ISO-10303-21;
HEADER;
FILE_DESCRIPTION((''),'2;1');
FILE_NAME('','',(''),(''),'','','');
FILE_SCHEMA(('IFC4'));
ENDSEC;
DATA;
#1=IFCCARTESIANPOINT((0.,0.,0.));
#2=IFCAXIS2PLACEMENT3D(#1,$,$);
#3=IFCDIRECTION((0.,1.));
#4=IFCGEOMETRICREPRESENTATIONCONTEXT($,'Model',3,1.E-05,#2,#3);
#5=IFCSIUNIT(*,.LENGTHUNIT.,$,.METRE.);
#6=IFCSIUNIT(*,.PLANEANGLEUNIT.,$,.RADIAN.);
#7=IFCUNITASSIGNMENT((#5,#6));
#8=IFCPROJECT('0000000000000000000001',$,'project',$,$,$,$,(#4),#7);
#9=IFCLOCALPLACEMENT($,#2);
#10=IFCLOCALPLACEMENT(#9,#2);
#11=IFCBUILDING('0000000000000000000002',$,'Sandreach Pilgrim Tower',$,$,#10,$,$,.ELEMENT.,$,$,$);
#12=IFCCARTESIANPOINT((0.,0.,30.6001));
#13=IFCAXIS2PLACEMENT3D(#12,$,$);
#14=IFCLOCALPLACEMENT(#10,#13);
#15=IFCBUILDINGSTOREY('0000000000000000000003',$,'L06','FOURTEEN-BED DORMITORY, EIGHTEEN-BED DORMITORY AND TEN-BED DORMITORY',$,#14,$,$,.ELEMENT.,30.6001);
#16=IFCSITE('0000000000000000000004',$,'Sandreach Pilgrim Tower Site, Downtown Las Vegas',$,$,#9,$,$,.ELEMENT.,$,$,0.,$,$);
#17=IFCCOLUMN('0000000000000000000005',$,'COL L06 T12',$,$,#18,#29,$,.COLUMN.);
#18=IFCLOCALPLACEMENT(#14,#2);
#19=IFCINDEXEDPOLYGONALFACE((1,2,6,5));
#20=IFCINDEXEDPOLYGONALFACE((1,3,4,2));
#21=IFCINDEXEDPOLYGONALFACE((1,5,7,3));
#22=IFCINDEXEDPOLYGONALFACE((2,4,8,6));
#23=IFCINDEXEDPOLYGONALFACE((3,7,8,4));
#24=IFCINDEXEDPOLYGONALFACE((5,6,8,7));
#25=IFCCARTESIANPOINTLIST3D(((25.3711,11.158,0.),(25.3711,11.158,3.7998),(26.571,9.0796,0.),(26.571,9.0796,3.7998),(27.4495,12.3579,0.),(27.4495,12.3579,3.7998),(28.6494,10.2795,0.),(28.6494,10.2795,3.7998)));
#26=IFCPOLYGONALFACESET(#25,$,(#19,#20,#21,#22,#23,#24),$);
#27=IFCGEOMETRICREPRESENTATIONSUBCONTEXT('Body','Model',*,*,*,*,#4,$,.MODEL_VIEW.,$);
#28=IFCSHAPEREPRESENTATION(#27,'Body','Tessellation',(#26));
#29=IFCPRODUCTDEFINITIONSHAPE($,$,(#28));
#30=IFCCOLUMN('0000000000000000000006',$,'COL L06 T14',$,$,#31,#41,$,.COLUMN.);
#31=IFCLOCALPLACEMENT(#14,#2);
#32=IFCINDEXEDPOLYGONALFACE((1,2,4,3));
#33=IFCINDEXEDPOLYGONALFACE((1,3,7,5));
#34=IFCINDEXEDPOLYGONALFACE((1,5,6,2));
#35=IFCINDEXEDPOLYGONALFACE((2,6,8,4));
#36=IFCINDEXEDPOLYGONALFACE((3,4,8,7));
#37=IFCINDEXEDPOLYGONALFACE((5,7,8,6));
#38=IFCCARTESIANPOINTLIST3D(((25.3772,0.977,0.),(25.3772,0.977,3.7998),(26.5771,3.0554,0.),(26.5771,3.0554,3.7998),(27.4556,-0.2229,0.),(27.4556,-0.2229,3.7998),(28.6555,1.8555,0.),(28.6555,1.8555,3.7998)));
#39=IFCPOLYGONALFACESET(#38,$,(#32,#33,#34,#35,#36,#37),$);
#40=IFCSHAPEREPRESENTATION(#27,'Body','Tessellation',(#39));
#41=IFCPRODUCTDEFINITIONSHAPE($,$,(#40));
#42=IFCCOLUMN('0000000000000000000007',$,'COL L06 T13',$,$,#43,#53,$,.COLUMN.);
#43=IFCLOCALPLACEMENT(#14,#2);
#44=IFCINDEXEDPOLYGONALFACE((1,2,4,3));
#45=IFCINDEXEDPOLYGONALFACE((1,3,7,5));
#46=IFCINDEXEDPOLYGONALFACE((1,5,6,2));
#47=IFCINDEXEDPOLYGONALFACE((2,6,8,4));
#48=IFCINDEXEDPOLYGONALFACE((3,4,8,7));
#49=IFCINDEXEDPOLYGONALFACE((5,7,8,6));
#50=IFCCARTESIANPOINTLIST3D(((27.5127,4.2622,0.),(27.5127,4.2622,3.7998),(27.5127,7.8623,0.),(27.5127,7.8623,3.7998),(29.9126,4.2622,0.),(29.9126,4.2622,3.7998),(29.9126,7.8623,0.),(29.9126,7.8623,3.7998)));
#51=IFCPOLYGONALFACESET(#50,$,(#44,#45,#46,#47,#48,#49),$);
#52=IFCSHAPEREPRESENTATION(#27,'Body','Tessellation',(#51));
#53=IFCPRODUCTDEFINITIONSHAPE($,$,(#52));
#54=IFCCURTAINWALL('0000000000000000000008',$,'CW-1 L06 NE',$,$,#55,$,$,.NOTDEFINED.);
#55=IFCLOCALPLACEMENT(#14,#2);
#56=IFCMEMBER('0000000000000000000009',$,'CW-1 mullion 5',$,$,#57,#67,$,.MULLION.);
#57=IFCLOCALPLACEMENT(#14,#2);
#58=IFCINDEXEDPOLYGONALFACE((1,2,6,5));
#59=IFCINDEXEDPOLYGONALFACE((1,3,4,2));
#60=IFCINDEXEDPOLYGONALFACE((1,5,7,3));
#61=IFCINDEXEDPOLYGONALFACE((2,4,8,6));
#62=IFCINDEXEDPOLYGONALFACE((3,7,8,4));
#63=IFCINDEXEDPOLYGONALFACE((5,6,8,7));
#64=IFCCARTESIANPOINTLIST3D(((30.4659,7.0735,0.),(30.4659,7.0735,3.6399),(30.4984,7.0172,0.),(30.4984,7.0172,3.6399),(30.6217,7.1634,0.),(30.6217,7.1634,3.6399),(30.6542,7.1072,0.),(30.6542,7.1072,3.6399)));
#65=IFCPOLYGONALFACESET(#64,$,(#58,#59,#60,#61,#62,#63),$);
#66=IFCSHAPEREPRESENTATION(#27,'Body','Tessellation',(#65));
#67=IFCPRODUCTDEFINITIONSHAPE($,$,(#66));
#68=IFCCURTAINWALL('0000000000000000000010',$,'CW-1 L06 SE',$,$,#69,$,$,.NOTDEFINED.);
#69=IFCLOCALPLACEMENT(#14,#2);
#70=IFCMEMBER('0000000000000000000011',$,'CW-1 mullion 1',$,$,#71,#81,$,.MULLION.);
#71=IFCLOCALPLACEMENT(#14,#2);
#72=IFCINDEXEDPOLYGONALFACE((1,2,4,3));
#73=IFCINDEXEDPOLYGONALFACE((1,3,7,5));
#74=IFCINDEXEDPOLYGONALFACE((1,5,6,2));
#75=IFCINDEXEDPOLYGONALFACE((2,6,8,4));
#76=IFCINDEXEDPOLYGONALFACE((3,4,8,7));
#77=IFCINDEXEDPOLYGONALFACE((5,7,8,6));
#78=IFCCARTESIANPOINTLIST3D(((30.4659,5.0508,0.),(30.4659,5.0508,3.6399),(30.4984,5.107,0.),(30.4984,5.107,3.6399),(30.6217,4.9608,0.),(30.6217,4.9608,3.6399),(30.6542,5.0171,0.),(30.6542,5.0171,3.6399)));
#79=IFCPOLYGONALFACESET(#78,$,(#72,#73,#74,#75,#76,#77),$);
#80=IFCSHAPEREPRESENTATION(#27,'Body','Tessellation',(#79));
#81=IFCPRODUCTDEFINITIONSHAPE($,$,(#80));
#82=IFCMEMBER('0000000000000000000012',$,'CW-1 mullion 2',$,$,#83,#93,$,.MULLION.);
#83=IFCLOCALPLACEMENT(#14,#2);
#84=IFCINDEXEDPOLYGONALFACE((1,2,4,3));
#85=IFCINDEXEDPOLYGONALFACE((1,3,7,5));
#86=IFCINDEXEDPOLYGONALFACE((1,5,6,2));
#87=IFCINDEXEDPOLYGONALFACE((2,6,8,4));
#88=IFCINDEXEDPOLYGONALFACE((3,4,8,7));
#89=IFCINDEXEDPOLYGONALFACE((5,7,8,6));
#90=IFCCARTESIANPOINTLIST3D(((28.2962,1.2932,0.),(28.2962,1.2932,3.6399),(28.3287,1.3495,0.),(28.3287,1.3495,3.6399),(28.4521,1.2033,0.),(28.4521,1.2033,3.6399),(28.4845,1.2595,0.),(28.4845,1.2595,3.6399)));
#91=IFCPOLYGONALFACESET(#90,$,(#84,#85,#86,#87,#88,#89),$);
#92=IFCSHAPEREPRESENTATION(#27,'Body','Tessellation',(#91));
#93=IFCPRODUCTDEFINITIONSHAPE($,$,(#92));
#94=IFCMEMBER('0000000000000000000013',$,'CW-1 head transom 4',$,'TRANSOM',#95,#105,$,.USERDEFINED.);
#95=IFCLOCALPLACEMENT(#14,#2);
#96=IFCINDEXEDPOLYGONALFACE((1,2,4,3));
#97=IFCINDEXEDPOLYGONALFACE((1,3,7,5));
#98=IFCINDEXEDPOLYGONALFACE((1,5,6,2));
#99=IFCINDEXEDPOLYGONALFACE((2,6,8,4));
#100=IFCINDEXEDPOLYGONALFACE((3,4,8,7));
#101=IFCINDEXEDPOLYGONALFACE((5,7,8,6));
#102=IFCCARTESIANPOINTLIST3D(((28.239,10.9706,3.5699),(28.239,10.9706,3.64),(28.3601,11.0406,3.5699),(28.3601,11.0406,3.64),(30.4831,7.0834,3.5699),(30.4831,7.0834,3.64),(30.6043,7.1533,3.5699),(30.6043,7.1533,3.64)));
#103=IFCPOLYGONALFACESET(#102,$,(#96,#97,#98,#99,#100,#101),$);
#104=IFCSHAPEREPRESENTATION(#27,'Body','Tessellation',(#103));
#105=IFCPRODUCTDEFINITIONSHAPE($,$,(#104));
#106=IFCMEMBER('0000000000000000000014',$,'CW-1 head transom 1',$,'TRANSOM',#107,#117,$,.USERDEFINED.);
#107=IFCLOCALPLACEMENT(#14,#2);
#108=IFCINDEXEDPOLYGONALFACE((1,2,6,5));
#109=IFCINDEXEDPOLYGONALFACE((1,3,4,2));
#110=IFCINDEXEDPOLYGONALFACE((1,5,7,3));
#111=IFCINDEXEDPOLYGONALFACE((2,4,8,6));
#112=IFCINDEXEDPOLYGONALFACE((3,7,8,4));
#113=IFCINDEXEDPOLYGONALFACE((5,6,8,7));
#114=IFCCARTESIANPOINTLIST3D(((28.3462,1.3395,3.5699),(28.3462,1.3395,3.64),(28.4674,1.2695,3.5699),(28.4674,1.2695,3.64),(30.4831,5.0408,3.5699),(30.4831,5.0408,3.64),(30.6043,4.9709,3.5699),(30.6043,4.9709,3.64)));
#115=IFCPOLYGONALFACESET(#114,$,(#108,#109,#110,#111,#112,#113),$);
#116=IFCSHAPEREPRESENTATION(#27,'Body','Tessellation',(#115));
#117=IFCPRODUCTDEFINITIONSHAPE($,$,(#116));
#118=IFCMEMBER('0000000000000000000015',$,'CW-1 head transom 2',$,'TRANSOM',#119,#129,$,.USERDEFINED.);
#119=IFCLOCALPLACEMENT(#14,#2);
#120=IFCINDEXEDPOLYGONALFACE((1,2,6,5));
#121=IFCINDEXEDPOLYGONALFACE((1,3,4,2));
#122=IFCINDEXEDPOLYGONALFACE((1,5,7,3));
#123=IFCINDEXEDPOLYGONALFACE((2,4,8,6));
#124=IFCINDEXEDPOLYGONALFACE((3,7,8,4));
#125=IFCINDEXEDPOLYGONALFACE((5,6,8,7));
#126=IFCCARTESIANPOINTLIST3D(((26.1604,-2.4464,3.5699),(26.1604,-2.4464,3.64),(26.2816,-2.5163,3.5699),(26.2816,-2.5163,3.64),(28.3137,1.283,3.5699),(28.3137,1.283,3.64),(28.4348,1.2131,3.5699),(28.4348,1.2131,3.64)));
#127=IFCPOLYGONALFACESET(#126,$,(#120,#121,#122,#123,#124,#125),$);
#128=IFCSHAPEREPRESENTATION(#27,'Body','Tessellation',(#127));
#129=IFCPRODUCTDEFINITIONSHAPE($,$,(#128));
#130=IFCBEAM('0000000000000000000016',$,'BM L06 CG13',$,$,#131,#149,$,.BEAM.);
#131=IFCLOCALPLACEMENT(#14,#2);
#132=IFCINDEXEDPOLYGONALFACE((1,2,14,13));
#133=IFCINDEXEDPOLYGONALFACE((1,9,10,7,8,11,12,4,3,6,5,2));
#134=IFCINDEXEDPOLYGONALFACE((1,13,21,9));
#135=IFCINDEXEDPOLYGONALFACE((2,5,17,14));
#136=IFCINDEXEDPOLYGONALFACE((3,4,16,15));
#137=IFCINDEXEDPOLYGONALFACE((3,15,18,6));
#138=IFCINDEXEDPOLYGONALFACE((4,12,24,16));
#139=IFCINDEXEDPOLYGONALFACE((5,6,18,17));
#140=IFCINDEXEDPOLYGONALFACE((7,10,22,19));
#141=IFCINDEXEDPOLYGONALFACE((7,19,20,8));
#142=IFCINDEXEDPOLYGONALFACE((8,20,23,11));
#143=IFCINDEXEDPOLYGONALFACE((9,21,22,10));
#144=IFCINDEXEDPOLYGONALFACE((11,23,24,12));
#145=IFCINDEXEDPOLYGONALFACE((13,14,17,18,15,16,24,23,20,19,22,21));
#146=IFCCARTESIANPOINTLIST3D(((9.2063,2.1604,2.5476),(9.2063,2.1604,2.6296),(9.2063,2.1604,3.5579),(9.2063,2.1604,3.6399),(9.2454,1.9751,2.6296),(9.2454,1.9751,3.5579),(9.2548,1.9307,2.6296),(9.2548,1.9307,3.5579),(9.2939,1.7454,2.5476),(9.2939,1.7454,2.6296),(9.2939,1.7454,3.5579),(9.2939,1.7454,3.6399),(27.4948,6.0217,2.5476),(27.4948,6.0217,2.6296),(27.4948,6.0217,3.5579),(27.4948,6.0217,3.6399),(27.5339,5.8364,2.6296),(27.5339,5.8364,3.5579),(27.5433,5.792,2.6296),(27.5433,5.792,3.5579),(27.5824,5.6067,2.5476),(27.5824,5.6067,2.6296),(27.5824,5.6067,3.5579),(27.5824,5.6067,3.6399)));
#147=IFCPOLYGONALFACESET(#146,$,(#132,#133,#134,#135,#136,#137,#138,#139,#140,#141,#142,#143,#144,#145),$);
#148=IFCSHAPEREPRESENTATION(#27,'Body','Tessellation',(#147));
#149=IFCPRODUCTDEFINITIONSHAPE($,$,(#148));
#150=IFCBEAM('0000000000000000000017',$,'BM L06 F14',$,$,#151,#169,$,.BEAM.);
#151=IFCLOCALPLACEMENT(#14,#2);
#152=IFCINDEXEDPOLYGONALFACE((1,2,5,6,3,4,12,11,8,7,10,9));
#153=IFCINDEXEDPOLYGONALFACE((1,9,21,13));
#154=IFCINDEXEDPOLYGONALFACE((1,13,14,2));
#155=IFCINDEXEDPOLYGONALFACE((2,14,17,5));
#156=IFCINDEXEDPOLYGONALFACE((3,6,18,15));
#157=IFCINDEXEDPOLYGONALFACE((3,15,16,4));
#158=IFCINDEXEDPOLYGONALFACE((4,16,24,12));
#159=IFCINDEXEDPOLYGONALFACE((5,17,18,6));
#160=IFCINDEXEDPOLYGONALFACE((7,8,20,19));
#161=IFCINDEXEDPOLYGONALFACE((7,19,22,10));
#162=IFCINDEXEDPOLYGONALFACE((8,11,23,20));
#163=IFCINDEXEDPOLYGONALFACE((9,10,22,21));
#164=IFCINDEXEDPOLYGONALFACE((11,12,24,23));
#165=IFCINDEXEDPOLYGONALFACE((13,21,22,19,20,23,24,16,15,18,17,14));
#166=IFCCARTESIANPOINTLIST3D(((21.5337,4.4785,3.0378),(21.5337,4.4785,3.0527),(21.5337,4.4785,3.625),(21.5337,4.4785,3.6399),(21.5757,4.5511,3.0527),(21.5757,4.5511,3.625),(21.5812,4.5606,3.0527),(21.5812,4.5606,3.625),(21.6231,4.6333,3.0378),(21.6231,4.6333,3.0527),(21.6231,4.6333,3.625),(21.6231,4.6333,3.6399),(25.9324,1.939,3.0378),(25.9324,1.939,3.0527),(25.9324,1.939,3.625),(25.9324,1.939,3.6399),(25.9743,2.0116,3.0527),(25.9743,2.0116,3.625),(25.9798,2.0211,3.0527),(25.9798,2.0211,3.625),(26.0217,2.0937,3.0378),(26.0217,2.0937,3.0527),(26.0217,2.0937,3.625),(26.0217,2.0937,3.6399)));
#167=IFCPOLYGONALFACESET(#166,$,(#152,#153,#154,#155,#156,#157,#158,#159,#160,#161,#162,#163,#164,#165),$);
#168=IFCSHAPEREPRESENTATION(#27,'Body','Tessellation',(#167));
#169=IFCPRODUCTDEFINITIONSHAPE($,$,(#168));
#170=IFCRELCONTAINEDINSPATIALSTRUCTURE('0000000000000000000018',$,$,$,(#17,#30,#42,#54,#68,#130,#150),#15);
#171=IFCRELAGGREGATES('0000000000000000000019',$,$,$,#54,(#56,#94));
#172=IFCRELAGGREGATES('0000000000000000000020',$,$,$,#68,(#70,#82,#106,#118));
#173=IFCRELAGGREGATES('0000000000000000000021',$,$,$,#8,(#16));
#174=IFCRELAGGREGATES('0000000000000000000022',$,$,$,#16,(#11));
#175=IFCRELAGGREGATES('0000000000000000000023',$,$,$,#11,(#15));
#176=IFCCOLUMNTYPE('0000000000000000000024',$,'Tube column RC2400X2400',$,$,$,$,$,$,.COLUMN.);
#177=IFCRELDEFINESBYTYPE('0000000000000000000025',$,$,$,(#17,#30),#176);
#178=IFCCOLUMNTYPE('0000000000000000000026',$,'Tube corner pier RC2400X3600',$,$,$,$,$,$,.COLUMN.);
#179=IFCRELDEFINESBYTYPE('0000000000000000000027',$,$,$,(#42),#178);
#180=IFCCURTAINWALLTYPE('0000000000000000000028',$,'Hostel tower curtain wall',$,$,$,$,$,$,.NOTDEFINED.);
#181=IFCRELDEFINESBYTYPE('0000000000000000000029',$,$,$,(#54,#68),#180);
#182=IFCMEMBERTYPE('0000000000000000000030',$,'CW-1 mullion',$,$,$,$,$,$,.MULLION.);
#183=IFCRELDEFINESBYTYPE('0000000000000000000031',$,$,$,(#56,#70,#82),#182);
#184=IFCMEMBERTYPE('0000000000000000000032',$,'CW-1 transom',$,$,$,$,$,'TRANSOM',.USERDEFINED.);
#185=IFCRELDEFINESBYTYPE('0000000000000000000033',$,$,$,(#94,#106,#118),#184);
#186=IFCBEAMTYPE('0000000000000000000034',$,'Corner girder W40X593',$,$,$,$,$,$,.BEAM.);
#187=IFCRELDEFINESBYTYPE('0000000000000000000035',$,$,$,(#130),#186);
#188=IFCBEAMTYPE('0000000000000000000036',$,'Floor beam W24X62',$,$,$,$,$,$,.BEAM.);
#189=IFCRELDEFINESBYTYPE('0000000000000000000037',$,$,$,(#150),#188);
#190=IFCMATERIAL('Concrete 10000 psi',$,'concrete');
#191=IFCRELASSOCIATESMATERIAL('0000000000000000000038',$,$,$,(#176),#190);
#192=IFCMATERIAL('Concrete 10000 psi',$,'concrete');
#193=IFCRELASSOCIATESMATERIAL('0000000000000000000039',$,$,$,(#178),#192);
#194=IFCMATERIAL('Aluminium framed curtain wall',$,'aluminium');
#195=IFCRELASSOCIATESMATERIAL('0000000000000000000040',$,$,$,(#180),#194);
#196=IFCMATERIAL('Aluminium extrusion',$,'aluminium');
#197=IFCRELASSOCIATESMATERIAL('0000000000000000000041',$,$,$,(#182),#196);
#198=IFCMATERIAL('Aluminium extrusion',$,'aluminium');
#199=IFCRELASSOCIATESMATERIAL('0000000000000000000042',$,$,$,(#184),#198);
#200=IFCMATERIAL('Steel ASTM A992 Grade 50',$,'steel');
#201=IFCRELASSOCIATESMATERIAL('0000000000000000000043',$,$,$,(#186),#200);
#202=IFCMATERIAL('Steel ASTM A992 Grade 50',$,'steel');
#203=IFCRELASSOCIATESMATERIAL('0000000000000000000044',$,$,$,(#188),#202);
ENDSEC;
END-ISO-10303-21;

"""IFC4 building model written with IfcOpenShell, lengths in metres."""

from ifc_helpers import new_model, si_unit, direction, frame, origin, origin_2d, place, context, subcontext, project, spatial, rectangle, i_section, extrude, material, material_profile, profile_set, type_object, element, aggregate, save


model = new_model("IFC4")

# Units and contexts
model_context = context("Model", 3, precision=1e-05, world=origin(), true_north=direction((0.0, 1.0)))
body_context = subcontext(model_context, "Body", "Model", "MODEL_VIEW")
ifc_project = project(units=[si_unit("LENGTHUNIT", "METRE"), si_unit("PLANEANGLEUNIT", "RADIAN")], contexts=[model_context])

# Site, building, storey
site_placement = place(None, origin())
site = spatial("IfcSite", under=ifc_project, at=site_placement, Name="Sandreach Pilgrim Tower Site, Downtown Las Vegas", CompositionType="ELEMENT", RefElevation=0.0)
building_placement = place(site_placement, origin())
building = spatial("IfcBuilding", under=site, at=building_placement, Name="Sandreach Pilgrim Tower", CompositionType="ELEMENT")
storey_placement = place(building_placement, frame((0.0, 0.0, 30.6001)))
storey = spatial("IfcBuildingStorey", under=building, at=storey_placement, Name="L06", Description="FOURTEEN-BED DORMITORY, EIGHTEEN-BED DORMITORY AND TEN-BED DORMITORY", CompositionType="ELEMENT", Elevation=30.6001)

# Columns
ifc_material_1 = material(Name="Concrete 10000 psi", Category="concrete")
ifc_material_profile_1 = material_profile(ifc_material_1, rectangle(XDim=2.3999, YDim=2.3999, at=origin_2d()), Name="RC2400X2400")
ifc_profile_set_1 = profile_set([ifc_material_profile_1], Name="Concrete 10000 psi")
column_type_1 = type_object("IfcColumnType", Name="Tube column RC2400X2400", PredefinedType="COLUMN", material=ifc_profile_set_1)
for number, where, z_axis, x_axis, name in (
    (1, (27.0103, 10.7188, 0.0), (0.0, 0.0, 1.0), (0.866025, 0.5, 0.0), "COL L06 T12"),
    (2, (27.0164, 1.4163, 0.0), (0.0, 0.0, 1.0), (0.866025, -0.5, 0.0), "COL L06 T14"),
):
    element("IfcColumn", number, at=place(storey_placement, frame(where, z_axis=z_axis, x_axis=x_axis)), inside=storey, type_object=column_type_1, Name=name, PredefinedType="COLUMN", context=body_context, shape_type="SweptSolid", body=[
        extrude(rectangle(XDim=2.3999, YDim=2.3999, at=origin_2d()), origin(), (0.0, 0.0, 1.0), 3.7998),
    ])
ifc_material_2 = material(Name="Concrete 10000 psi", Category="concrete")
ifc_material_profile_2 = material_profile(ifc_material_2, rectangle(XDim=2.3999, YDim=3.6001, at=origin_2d()), Name="RC2400X3600")
ifc_profile_set_2 = profile_set([ifc_material_profile_2], Name="Concrete 10000 psi")
column_type_2 = type_object("IfcColumnType", Name="Tube corner pier RC2400X3600", PredefinedType="COLUMN", material=ifc_profile_set_2)
column_placement = place(storey_placement, frame((28.7126, 6.0623, 0.0), z_axis=(0.0, 0.0, 1.0), x_axis=(1.0, 0.0, 0.0)))
element("IfcColumn", 3, at=column_placement, inside=storey, type_object=column_type_2, Name="COL L06 T13", PredefinedType="COLUMN", context=body_context, shape_type="SweptSolid", body=[
    extrude(rectangle(XDim=2.3999, YDim=3.6001, at=origin_2d()), origin(), (0.0, 0.0, 1.0), 3.7998),
])

# Curtain wall, member
ifc_material_3 = material(Name="Aluminium framed curtain wall", Category="aluminium")
curtain_wall_type = type_object("IfcCurtainWallType", Name="Hostel tower curtain wall", PredefinedType="NOTDEFINED", material=ifc_material_3)
curtain_wall_1_placement = place(storey_placement, origin())
curtain_wall_1 = element("IfcCurtainWall", 4, at=curtain_wall_1_placement, inside=storey, type_object=curtain_wall_type, Name="CW-1 L06 NE", PredefinedType="NOTDEFINED")
ifc_material_4 = material(Name="Aluminium extrusion", Category="aluminium")
ifc_material_profile_3 = material_profile(ifc_material_4, rectangle(XDim=0.0649, YDim=0.1799, at=origin_2d()), Name="CW-1M 65X180")
ifc_profile_set_3 = profile_set([ifc_material_profile_3], Name="Aluminium extrusion")
member_type_1 = type_object("IfcMemberType", Name="CW-1 mullion", PredefinedType="MULLION", material=ifc_profile_set_3)
member_1_placement = place(storey_placement, frame((30.5601, 7.0903, 0.0), z_axis=(0.0, 0.0, 1.0), x_axis=(0.5, -0.866025, 0.0)))
member_1 = element("IfcMember", 5, at=member_1_placement, type_object=member_type_1, Name="CW-1 mullion 5", PredefinedType="MULLION", context=body_context, shape_type="SweptSolid", body=[
    extrude(rectangle(XDim=0.0649, YDim=0.1799, at=origin_2d()), origin(), (0.0, 0.0, 1.0), 3.6399),
])

# Curtain wall, members
curtain_wall_2_placement = place(storey_placement, origin())
curtain_wall_2 = element("IfcCurtainWall", 6, at=curtain_wall_2_placement, inside=storey, type_object=curtain_wall_type, Name="CW-1 L06 SE", PredefinedType="NOTDEFINED")
member_2_placement = place(storey_placement, frame((30.5601, 5.0339, 0.0), z_axis=(0.0, 0.0, 1.0), x_axis=(-0.5, -0.866025, 0.0)))
member_2 = element("IfcMember", 7, at=member_2_placement, type_object=member_type_1, Name="CW-1 mullion 1", PredefinedType="MULLION", context=body_context, shape_type="SweptSolid", body=[
    extrude(rectangle(XDim=0.0649, YDim=0.1799, at=origin_2d()), origin(), (0.0, 0.0, 1.0), 3.6399),
])
member_3_placement = place(storey_placement, frame((28.3904, 1.2764, 0.0), z_axis=(0.0, 0.0, 1.0), x_axis=(-0.5, -0.866025, 0.0)))
member_3 = element("IfcMember", 8, at=member_3_placement, type_object=member_type_1, Name="CW-1 mullion 2", PredefinedType="MULLION", context=body_context, shape_type="SweptSolid", body=[
    extrude(rectangle(XDim=0.0649, YDim=0.1799, at=origin_2d()), origin(), (0.0, 0.0, 1.0), 3.6399),
])

# Members
ifc_material_5 = material(Name="Aluminium extrusion", Category="aluminium")
ifc_material_profile_4 = material_profile(ifc_material_5, rectangle(XDim=0.1399, YDim=0.0701, at=origin_2d()), Name="CW-1T 140X70")
ifc_profile_set_4 = profile_set([ifc_material_profile_4], Name="Aluminium extrusion")
member_type_2 = type_object("IfcMemberType", Name="CW-1 transom", ElementType="TRANSOM", PredefinedType="USERDEFINED", material=ifc_profile_set_4)
member_4_placement = place(storey_placement, frame((28.2996, 11.0056, 3.605), z_axis=(0.499977, -0.866039, 0.0), x_axis=(0.866039, 0.499977, 0.0)))
member_4 = element("IfcMember", 9, at=member_4_placement, type_object=member_type_2, Name="CW-1 head transom 4", ObjectType="TRANSOM", PredefinedType="USERDEFINED", context=body_context, shape_type="SweptSolid", body=[
    extrude(rectangle(XDim=0.1399, YDim=0.0701, at=origin_2d()), origin(), (0.0, 0.0, 1.0), 4.4885),
])
member_5_placement = place(storey_placement, frame((30.5437, 5.0059, 3.605), z_axis=(-0.499991, -0.866031, 0.0), x_axis=(0.866031, -0.499991, 0.0)))
member_5 = element("IfcMember", 10, at=member_5_placement, type_object=member_type_2, Name="CW-1 head transom 1", ObjectType="TRANSOM", PredefinedType="USERDEFINED", context=body_context, shape_type="SweptSolid", body=[
    extrude(rectangle(XDim=0.1399, YDim=0.0701, at=origin_2d()), origin(), (0.0, 0.0, 1.0), 4.2739),
])
member_6_placement = place(storey_placement, frame((28.3743, 1.248, 3.605), z_axis=(-0.500017, -0.866016, 0.0), x_axis=(0.866016, -0.500017, 0.0)))
member_6 = element("IfcMember", 11, at=member_6_placement, type_object=member_type_2, Name="CW-1 head transom 2", ObjectType="TRANSOM", PredefinedType="USERDEFINED", context=body_context, shape_type="SweptSolid", body=[
    extrude(rectangle(XDim=0.1399, YDim=0.0701, at=origin_2d()), origin(), (0.0, 0.0, 1.0), 4.3064),
])

# Beams
ifc_material_6 = material(Name="Steel ASTM A992 Grade 50", Category="steel")
ifc_material_profile_5 = material_profile(ifc_material_6, i_section(OverallWidth=0.4241, OverallDepth=1.0923, WebThickness=0.0454, FlangeThickness=0.082, at=origin_2d()), Name="W40X593")
ifc_profile_set_5 = profile_set([ifc_material_profile_5], Name="Steel ASTM A992 Grade 50")
beam_type_1 = type_object("IfcBeamType", Name="Corner girder W40X593", PredefinedType="BEAM", material=ifc_profile_set_5)
beam_1_placement = place(storey_placement, frame((27.5386, 5.8142, 3.0938), z_axis=(-0.97843, -0.206579, 0.0), x_axis=(0.206579, -0.97843, 0.0)))
element("IfcBeam", 12, at=beam_1_placement, inside=storey, type_object=beam_type_1, Name="BM L06 CG13", PredefinedType="BEAM", context=body_context, shape_type="SweptSolid", body=[
    extrude(i_section(OverallWidth=0.4241, OverallDepth=1.0923, WebThickness=0.0454, FlangeThickness=0.082, at=origin_2d()), origin(), (0.0, 0.0, 1.0), 18.6917),
])
ifc_material_7 = material(Name="Steel ASTM A992 Grade 50", Category="steel")
ifc_material_profile_6 = material_profile(ifc_material_7, i_section(OverallWidth=0.1787, OverallDepth=0.6021, WebThickness=0.011, FlangeThickness=0.0149, at=origin_2d()), Name="W24X62")
ifc_profile_set_6 = profile_set([ifc_material_profile_6], Name="Steel ASTM A992 Grade 50")
beam_type_2 = type_object("IfcBeamType", Name="Floor beam W24X62", PredefinedType="BEAM", material=ifc_profile_set_6)
beam_2_placement = place(storey_placement, frame((25.9771, 2.0164, 3.3389), z_axis=(-0.866028, 0.499996, 0.0), x_axis=(-0.499996, -0.866028, 0.0)))
element("IfcBeam", 13, at=beam_2_placement, inside=storey, type_object=beam_type_2, Name="BM L06 F14", PredefinedType="BEAM", context=body_context, shape_type="SweptSolid", body=[
    extrude(i_section(OverallWidth=0.1787, OverallDepth=0.6021, WebThickness=0.011, FlangeThickness=0.0149, at=origin_2d()), origin(), (0.0, 0.0, 1.0), 5.0791),
])

aggregate(curtain_wall_1, [member_1, member_4])
aggregate(curtain_wall_2, [member_2, member_3, member_5, member_6])

save(model, "model.ifc")
